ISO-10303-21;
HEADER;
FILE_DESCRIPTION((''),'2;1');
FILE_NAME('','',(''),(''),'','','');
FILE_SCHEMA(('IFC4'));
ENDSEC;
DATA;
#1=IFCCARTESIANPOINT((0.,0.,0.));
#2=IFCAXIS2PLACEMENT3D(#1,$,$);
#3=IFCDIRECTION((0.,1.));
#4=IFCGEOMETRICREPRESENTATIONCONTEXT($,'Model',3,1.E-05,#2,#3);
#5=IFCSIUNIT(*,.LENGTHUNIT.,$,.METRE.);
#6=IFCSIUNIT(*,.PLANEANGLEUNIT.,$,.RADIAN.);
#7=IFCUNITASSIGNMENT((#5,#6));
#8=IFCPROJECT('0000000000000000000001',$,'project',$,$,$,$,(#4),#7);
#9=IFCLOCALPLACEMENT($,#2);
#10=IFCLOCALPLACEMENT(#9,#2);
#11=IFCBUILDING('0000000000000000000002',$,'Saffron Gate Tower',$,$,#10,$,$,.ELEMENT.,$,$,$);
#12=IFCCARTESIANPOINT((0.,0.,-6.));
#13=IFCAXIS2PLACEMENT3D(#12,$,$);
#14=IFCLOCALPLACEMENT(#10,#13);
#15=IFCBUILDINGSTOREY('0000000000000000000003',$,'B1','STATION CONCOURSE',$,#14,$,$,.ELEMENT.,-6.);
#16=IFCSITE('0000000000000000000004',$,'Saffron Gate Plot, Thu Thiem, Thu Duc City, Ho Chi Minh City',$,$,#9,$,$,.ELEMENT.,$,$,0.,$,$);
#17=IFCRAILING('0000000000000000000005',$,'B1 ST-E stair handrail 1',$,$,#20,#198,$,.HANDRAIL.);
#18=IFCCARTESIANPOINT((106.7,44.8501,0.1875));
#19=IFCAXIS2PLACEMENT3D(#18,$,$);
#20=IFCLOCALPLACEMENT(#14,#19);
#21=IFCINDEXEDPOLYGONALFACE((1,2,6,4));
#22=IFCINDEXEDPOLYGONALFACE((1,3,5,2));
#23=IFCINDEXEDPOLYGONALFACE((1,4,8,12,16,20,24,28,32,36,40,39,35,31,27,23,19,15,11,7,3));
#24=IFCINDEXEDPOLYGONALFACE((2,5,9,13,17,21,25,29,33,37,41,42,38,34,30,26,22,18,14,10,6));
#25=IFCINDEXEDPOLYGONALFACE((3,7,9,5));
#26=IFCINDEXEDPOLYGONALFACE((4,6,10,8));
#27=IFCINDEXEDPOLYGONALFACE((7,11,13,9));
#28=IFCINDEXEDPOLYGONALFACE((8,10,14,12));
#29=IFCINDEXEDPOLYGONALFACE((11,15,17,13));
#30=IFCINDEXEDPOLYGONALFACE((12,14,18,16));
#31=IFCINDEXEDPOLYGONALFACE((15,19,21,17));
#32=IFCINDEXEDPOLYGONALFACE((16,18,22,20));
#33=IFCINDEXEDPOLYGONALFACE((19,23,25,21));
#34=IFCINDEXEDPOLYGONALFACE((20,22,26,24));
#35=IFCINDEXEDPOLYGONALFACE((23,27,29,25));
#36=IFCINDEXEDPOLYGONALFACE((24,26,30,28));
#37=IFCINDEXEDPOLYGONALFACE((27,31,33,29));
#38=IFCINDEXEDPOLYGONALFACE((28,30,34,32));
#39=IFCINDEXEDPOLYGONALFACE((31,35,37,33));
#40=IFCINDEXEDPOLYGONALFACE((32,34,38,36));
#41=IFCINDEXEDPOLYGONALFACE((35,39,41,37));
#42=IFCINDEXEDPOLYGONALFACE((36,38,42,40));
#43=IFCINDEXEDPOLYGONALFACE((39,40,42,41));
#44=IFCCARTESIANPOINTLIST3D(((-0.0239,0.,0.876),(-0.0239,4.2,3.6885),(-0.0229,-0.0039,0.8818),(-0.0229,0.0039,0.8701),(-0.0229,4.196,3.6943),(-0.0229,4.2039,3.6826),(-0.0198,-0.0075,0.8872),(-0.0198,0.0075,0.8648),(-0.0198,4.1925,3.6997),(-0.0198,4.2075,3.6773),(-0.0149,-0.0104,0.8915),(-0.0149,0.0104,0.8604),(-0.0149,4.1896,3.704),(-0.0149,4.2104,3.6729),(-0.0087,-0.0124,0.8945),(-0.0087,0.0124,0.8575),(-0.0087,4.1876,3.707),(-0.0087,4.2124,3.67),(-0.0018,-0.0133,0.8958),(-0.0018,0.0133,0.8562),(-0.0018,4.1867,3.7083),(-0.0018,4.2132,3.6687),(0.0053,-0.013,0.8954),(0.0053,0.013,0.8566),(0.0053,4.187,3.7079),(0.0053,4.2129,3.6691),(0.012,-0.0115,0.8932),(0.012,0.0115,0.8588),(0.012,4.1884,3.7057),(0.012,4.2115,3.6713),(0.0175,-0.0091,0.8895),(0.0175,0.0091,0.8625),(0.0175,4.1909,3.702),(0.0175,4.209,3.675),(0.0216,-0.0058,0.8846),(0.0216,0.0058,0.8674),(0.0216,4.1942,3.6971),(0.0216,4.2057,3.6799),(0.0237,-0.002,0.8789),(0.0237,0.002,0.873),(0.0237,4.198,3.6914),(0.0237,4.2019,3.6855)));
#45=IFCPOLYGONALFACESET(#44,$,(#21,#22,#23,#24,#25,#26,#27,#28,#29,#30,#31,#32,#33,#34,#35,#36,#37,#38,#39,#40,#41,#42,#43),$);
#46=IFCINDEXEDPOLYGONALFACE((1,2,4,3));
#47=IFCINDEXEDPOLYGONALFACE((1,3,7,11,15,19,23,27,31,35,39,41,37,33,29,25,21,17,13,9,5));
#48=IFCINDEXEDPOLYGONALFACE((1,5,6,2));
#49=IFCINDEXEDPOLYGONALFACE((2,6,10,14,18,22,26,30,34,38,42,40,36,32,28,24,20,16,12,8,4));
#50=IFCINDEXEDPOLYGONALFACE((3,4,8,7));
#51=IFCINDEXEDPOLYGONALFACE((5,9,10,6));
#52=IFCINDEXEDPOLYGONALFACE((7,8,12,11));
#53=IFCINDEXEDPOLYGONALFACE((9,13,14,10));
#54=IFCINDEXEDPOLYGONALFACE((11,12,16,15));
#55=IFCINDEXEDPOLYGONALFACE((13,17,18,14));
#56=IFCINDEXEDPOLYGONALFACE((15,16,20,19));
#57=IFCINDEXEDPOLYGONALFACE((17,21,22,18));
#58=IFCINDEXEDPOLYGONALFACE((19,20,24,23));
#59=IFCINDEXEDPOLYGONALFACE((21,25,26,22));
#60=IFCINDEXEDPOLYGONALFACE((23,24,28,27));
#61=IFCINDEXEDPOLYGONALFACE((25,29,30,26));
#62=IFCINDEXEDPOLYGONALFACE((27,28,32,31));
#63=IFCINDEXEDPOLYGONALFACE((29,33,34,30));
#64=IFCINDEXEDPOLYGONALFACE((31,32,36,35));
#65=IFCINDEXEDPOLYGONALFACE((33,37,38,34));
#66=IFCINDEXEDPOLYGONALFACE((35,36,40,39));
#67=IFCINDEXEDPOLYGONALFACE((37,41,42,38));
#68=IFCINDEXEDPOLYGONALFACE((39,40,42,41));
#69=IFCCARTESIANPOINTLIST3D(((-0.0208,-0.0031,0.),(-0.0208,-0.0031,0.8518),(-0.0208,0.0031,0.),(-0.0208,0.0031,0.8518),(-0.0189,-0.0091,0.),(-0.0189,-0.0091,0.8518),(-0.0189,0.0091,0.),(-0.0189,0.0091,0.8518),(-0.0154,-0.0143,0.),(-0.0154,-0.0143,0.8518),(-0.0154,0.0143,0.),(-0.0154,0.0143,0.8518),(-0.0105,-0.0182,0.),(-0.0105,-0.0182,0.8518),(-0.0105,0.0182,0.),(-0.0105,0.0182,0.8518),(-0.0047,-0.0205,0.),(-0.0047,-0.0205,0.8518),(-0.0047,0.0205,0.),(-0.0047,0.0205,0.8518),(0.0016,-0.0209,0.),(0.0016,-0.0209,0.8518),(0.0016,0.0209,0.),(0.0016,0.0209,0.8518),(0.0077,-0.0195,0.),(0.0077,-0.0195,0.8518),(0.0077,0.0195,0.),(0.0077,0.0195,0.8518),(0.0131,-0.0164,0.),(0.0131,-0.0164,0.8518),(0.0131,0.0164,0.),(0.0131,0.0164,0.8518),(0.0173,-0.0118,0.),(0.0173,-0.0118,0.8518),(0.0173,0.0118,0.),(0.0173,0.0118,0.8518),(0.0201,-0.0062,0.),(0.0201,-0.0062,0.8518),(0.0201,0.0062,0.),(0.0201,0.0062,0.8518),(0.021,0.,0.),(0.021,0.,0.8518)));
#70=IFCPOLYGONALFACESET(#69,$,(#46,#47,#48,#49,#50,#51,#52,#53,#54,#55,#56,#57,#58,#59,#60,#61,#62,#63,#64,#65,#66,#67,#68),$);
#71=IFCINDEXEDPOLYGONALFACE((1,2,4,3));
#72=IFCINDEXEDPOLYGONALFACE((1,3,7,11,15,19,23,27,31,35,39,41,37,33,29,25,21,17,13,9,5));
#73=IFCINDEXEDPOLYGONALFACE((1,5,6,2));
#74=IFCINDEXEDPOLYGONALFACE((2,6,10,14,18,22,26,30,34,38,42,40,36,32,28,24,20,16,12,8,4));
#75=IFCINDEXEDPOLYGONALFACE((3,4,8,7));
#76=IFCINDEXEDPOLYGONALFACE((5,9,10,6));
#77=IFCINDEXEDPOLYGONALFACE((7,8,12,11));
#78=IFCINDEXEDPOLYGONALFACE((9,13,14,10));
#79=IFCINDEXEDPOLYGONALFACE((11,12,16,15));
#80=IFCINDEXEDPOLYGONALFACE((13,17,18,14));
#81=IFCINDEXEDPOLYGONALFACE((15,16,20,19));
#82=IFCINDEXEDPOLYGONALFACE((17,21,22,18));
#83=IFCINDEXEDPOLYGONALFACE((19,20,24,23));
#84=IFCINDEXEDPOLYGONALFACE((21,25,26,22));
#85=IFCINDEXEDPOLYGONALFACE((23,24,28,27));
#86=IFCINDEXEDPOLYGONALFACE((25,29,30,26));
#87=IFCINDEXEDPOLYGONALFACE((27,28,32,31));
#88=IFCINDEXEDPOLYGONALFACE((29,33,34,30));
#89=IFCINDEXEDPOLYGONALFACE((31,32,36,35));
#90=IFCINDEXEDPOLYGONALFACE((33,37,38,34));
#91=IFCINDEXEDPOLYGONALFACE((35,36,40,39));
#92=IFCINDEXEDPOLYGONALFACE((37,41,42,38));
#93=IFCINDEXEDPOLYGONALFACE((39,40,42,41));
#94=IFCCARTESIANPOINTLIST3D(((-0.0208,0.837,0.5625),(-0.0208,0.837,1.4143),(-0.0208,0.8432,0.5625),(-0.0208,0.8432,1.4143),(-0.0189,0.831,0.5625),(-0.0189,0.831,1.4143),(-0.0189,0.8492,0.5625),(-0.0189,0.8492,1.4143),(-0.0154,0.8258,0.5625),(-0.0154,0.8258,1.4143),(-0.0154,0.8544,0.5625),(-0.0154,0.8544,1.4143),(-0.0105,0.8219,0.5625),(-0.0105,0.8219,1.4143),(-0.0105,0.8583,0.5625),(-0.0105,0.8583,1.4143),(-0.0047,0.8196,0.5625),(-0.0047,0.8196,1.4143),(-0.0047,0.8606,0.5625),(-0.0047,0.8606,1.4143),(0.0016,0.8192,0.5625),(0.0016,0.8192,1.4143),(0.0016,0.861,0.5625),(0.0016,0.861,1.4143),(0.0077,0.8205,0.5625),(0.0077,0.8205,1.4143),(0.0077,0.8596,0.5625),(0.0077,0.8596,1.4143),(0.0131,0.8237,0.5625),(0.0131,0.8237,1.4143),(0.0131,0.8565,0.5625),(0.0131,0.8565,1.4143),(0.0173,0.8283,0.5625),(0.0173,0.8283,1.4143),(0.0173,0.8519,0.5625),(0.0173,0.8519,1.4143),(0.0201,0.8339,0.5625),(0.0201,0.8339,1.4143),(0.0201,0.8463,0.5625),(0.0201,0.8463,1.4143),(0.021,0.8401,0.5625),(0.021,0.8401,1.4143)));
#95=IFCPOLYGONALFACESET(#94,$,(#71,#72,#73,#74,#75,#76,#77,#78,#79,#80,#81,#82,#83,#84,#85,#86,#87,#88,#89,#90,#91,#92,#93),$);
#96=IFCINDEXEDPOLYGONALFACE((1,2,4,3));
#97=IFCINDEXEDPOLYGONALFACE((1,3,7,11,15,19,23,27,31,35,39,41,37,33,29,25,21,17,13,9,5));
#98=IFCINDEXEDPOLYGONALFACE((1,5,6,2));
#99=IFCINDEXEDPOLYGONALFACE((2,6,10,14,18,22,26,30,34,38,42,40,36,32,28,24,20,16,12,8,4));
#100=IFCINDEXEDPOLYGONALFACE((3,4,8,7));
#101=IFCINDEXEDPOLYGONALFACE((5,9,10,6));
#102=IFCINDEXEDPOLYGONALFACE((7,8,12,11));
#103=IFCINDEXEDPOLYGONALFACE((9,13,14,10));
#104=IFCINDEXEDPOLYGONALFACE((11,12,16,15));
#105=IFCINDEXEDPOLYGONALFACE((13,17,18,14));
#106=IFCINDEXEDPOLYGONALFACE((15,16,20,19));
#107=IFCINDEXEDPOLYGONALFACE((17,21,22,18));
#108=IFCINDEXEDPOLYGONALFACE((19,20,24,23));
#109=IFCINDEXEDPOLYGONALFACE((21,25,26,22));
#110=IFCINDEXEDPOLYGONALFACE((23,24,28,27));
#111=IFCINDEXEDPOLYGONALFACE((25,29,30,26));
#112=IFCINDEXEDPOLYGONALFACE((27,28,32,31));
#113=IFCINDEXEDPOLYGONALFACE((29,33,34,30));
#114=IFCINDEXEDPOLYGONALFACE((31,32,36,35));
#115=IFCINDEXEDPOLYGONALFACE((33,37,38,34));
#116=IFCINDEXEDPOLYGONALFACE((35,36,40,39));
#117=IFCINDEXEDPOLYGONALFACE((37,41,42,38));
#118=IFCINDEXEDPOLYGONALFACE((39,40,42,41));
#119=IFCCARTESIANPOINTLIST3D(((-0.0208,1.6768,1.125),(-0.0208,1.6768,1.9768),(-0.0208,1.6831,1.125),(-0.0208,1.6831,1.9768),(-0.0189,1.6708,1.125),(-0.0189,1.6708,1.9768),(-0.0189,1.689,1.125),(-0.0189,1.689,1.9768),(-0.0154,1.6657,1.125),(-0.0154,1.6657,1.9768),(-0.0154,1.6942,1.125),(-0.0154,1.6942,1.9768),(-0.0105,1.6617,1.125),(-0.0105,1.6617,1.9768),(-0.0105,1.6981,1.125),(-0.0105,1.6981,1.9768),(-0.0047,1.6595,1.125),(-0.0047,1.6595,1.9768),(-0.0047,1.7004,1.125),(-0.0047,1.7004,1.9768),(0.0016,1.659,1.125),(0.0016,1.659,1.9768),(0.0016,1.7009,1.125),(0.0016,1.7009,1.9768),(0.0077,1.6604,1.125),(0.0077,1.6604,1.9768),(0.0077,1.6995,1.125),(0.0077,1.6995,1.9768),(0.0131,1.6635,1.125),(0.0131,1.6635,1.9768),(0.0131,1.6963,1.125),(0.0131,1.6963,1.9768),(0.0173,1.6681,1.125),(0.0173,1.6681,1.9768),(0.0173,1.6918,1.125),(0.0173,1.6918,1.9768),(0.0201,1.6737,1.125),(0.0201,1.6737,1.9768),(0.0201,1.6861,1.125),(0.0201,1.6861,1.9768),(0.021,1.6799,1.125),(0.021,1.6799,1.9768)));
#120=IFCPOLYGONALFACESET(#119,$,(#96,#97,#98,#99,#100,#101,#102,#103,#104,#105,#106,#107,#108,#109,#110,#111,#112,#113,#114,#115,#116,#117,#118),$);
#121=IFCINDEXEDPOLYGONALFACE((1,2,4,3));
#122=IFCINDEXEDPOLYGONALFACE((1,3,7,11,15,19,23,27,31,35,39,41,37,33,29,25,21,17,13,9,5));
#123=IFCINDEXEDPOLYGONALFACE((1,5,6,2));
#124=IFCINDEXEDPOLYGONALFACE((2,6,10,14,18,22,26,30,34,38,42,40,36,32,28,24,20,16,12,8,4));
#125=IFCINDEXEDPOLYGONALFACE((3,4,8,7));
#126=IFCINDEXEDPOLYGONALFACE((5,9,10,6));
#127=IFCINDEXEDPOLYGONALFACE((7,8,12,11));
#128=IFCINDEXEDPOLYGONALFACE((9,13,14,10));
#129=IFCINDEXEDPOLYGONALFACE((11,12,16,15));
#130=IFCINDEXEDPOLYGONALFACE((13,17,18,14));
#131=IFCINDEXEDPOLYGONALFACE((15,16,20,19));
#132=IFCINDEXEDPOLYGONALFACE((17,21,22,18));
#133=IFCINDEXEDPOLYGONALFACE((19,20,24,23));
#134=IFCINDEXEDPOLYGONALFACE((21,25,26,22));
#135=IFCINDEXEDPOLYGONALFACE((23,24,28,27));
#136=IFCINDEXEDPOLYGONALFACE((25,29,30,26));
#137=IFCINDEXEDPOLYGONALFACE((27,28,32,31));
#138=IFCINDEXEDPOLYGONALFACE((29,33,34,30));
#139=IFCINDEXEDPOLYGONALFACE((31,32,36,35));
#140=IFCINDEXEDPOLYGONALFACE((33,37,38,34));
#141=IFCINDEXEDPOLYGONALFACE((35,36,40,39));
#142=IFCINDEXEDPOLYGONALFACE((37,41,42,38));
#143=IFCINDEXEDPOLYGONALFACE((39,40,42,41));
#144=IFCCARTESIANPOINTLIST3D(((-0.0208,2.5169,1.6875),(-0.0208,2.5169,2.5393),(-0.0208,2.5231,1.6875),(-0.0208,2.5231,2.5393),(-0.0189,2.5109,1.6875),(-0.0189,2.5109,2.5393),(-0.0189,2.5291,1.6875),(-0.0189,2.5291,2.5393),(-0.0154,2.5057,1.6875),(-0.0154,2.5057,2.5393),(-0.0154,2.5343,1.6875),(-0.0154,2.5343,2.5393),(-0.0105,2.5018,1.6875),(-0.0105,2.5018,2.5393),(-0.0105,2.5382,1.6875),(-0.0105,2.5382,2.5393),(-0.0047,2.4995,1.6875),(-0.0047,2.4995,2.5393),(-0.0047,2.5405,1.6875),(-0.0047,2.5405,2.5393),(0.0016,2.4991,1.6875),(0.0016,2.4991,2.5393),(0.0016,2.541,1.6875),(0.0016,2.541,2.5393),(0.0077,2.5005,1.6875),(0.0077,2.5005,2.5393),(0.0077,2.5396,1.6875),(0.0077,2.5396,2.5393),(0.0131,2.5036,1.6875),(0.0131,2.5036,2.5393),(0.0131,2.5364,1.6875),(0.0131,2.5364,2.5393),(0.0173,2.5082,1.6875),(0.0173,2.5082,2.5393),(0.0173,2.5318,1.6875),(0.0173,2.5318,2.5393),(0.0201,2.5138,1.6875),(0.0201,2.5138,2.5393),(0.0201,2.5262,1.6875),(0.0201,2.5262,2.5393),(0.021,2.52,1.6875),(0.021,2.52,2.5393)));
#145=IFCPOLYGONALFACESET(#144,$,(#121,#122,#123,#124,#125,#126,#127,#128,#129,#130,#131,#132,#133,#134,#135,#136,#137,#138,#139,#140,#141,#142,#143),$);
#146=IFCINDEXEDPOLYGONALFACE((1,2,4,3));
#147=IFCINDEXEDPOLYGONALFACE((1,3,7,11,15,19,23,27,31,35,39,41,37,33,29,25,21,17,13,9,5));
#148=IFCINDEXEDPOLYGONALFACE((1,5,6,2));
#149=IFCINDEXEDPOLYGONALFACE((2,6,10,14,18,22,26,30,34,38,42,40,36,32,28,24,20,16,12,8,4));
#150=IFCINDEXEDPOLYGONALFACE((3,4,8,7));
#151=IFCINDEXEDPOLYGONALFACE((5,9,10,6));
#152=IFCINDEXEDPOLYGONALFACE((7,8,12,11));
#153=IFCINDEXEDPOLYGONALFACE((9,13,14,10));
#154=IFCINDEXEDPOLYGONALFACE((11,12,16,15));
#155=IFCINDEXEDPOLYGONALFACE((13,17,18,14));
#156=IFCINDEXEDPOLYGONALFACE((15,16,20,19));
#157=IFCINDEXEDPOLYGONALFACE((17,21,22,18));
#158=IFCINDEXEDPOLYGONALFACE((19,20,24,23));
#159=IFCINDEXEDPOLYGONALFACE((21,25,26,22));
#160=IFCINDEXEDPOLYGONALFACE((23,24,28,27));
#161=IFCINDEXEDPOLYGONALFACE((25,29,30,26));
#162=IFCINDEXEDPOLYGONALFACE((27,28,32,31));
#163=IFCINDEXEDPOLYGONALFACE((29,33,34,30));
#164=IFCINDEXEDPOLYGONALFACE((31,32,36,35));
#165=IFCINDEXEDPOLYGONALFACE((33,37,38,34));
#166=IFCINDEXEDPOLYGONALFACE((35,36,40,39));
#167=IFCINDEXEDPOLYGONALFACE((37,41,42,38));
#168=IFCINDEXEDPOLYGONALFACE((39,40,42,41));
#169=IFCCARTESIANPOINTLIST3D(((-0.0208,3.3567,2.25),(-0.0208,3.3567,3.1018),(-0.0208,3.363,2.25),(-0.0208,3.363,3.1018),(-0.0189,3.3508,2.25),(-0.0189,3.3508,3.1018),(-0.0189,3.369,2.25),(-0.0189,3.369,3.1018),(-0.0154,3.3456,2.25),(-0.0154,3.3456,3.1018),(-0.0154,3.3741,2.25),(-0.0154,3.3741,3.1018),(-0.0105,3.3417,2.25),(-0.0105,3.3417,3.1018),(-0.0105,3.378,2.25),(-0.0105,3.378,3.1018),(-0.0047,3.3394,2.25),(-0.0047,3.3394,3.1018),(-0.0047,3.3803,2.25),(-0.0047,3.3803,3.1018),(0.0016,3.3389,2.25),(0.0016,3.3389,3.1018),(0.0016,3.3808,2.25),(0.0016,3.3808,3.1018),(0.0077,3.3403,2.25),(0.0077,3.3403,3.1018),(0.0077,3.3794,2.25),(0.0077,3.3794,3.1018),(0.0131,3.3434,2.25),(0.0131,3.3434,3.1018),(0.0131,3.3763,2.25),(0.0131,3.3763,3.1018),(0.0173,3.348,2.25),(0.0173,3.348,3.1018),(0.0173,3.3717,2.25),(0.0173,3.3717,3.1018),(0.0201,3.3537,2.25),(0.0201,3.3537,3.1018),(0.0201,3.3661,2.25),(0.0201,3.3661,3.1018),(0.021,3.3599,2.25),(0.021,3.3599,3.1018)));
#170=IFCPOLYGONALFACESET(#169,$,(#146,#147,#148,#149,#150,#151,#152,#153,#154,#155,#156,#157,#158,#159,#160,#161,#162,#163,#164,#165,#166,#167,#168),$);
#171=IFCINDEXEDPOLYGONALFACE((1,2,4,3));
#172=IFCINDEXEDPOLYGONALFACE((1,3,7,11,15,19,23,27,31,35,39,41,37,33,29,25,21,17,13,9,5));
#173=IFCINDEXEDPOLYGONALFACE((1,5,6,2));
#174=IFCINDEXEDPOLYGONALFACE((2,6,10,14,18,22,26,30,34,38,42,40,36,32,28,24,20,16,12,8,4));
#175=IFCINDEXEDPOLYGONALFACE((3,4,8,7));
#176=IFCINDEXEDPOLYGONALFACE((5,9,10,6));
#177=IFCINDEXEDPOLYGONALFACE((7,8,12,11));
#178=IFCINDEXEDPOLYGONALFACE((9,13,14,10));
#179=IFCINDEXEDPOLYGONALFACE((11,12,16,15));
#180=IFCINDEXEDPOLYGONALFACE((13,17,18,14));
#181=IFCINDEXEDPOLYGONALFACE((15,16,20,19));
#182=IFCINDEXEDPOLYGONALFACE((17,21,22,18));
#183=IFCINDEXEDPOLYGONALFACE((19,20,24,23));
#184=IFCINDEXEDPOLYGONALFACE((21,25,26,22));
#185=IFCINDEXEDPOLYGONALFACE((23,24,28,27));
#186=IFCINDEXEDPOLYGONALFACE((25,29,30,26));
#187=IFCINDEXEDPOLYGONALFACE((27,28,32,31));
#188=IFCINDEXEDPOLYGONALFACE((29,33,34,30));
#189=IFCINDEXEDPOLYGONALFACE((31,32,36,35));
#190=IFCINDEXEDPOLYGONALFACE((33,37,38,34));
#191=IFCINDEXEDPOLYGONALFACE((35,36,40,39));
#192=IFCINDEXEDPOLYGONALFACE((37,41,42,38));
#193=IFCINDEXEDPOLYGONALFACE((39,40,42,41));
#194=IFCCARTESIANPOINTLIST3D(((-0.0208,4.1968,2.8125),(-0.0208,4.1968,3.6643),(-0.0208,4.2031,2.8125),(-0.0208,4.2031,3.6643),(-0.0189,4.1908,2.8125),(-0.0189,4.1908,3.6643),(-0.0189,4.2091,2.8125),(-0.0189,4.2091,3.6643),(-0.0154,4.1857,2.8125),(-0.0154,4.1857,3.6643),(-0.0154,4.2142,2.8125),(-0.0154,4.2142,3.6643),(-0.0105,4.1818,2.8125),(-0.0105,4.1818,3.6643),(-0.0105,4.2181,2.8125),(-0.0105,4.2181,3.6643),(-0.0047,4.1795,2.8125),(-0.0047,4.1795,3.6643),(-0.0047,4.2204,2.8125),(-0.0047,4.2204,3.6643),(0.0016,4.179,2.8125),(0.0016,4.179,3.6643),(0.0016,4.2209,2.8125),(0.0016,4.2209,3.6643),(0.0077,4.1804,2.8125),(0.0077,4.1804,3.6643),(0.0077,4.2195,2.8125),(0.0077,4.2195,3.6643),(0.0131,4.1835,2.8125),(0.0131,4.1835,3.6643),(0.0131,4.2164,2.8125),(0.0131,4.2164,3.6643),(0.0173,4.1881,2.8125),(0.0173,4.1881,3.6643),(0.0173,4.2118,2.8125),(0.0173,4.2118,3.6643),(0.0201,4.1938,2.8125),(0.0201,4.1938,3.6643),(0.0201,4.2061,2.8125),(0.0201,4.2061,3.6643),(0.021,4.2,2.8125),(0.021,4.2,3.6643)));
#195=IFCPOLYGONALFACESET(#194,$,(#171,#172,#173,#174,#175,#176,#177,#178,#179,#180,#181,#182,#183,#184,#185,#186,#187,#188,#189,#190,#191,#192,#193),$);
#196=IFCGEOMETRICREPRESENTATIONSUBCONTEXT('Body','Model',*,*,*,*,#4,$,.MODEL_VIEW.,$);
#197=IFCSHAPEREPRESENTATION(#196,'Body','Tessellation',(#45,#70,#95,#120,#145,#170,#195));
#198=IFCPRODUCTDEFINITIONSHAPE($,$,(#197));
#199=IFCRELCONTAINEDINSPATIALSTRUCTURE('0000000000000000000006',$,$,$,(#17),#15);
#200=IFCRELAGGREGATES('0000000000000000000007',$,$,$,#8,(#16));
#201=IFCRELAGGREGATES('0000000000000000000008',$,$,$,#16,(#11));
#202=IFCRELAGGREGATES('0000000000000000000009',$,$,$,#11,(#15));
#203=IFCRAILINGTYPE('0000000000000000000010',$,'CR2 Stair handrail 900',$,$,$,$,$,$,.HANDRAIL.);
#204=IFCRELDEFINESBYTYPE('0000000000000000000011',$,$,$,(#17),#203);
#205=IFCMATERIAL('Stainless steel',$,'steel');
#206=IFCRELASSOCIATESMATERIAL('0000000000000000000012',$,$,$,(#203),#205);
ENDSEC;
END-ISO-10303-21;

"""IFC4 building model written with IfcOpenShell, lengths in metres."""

from ifc_helpers import new_model, si_unit, direction, frame, origin, origin_2d, place, context, subcontext, project, spatial, circle, extrude, material, type_object, element, save


model = new_model("IFC4")

# Units and contexts
model_context = context("Model", 3, precision=1e-05, world=origin(), true_north=direction((0.0, 1.0)))
body_context = subcontext(model_context, "Body", "Model", "MODEL_VIEW")
ifc_project = project(units=[si_unit("LENGTHUNIT", "METRE"), si_unit("PLANEANGLEUNIT", "RADIAN")], contexts=[model_context])

# Site, building, storey
site_placement = place(None, origin())
site = spatial("IfcSite", under=ifc_project, at=site_placement, Name="Saffron Gate Plot, Thu Thiem, Thu Duc City, Ho Chi Minh City", CompositionType="ELEMENT", RefElevation=0.0)
building_placement = place(site_placement, origin())
building = spatial("IfcBuilding", under=site, at=building_placement, Name="Saffron Gate Tower", CompositionType="ELEMENT")
storey_placement = place(building_placement, frame((0.0, 0.0, -6.0)))
storey = spatial("IfcBuildingStorey", under=building, at=storey_placement, Name="B1", Description="STATION CONCOURSE", CompositionType="ELEMENT", Elevation=-6.0)

# Railing
ifc_material_1 = material(Name="Stainless steel", Category="steel")
railing_type_1 = type_object("IfcRailingType", Name="CR2 Stair handrail 900", PredefinedType="HANDRAIL", material=ifc_material_1)
railing_1_placement = place(storey_placement, frame((106.7, 44.8501, 0.1875)))
element("IfcRailing", 1, at=railing_1_placement, inside=storey, type_object=railing_type_1, Name="B1 ST-E stair handrail 1", PredefinedType="HANDRAIL", context=body_context, shape_type="SweptSolid", body=[
    extrude(circle(Radius=0.0239, at=origin_2d()), frame((0.0, 0.0, 0.876), z_axis=(0.0, 0.830904, 0.556416), x_axis=(-1.0, 0.0, 0.0)), (0.0, 0.0, 1.0), 5.0547),
    extrude(circle(Radius=0.021, at=origin_2d()), origin(), (0.0, 0.0, 1.0), 0.8518),
    extrude(circle(Radius=0.021, at=origin_2d()), frame((0.0, 0.8401, 0.5625)), (0.0, 0.0, 1.0), 0.8518),
    extrude(circle(Radius=0.021, at=origin_2d()), frame((0.0, 1.6799, 1.125)), (0.0, 0.0, 1.0), 0.8518),
    extrude(circle(Radius=0.021, at=origin_2d()), frame((0.0, 2.52, 1.6875)), (0.0, 0.0, 1.0), 0.8518),
    extrude(circle(Radius=0.021, at=origin_2d()), frame((0.0, 3.3599, 2.25)), (0.0, 0.0, 1.0), 0.8518),
    extrude(circle(Radius=0.021, at=origin_2d()), frame((0.0, 4.2, 2.8125)), (0.0, 0.0, 1.0), 0.8518),
])

save(model, "model.ifc")
